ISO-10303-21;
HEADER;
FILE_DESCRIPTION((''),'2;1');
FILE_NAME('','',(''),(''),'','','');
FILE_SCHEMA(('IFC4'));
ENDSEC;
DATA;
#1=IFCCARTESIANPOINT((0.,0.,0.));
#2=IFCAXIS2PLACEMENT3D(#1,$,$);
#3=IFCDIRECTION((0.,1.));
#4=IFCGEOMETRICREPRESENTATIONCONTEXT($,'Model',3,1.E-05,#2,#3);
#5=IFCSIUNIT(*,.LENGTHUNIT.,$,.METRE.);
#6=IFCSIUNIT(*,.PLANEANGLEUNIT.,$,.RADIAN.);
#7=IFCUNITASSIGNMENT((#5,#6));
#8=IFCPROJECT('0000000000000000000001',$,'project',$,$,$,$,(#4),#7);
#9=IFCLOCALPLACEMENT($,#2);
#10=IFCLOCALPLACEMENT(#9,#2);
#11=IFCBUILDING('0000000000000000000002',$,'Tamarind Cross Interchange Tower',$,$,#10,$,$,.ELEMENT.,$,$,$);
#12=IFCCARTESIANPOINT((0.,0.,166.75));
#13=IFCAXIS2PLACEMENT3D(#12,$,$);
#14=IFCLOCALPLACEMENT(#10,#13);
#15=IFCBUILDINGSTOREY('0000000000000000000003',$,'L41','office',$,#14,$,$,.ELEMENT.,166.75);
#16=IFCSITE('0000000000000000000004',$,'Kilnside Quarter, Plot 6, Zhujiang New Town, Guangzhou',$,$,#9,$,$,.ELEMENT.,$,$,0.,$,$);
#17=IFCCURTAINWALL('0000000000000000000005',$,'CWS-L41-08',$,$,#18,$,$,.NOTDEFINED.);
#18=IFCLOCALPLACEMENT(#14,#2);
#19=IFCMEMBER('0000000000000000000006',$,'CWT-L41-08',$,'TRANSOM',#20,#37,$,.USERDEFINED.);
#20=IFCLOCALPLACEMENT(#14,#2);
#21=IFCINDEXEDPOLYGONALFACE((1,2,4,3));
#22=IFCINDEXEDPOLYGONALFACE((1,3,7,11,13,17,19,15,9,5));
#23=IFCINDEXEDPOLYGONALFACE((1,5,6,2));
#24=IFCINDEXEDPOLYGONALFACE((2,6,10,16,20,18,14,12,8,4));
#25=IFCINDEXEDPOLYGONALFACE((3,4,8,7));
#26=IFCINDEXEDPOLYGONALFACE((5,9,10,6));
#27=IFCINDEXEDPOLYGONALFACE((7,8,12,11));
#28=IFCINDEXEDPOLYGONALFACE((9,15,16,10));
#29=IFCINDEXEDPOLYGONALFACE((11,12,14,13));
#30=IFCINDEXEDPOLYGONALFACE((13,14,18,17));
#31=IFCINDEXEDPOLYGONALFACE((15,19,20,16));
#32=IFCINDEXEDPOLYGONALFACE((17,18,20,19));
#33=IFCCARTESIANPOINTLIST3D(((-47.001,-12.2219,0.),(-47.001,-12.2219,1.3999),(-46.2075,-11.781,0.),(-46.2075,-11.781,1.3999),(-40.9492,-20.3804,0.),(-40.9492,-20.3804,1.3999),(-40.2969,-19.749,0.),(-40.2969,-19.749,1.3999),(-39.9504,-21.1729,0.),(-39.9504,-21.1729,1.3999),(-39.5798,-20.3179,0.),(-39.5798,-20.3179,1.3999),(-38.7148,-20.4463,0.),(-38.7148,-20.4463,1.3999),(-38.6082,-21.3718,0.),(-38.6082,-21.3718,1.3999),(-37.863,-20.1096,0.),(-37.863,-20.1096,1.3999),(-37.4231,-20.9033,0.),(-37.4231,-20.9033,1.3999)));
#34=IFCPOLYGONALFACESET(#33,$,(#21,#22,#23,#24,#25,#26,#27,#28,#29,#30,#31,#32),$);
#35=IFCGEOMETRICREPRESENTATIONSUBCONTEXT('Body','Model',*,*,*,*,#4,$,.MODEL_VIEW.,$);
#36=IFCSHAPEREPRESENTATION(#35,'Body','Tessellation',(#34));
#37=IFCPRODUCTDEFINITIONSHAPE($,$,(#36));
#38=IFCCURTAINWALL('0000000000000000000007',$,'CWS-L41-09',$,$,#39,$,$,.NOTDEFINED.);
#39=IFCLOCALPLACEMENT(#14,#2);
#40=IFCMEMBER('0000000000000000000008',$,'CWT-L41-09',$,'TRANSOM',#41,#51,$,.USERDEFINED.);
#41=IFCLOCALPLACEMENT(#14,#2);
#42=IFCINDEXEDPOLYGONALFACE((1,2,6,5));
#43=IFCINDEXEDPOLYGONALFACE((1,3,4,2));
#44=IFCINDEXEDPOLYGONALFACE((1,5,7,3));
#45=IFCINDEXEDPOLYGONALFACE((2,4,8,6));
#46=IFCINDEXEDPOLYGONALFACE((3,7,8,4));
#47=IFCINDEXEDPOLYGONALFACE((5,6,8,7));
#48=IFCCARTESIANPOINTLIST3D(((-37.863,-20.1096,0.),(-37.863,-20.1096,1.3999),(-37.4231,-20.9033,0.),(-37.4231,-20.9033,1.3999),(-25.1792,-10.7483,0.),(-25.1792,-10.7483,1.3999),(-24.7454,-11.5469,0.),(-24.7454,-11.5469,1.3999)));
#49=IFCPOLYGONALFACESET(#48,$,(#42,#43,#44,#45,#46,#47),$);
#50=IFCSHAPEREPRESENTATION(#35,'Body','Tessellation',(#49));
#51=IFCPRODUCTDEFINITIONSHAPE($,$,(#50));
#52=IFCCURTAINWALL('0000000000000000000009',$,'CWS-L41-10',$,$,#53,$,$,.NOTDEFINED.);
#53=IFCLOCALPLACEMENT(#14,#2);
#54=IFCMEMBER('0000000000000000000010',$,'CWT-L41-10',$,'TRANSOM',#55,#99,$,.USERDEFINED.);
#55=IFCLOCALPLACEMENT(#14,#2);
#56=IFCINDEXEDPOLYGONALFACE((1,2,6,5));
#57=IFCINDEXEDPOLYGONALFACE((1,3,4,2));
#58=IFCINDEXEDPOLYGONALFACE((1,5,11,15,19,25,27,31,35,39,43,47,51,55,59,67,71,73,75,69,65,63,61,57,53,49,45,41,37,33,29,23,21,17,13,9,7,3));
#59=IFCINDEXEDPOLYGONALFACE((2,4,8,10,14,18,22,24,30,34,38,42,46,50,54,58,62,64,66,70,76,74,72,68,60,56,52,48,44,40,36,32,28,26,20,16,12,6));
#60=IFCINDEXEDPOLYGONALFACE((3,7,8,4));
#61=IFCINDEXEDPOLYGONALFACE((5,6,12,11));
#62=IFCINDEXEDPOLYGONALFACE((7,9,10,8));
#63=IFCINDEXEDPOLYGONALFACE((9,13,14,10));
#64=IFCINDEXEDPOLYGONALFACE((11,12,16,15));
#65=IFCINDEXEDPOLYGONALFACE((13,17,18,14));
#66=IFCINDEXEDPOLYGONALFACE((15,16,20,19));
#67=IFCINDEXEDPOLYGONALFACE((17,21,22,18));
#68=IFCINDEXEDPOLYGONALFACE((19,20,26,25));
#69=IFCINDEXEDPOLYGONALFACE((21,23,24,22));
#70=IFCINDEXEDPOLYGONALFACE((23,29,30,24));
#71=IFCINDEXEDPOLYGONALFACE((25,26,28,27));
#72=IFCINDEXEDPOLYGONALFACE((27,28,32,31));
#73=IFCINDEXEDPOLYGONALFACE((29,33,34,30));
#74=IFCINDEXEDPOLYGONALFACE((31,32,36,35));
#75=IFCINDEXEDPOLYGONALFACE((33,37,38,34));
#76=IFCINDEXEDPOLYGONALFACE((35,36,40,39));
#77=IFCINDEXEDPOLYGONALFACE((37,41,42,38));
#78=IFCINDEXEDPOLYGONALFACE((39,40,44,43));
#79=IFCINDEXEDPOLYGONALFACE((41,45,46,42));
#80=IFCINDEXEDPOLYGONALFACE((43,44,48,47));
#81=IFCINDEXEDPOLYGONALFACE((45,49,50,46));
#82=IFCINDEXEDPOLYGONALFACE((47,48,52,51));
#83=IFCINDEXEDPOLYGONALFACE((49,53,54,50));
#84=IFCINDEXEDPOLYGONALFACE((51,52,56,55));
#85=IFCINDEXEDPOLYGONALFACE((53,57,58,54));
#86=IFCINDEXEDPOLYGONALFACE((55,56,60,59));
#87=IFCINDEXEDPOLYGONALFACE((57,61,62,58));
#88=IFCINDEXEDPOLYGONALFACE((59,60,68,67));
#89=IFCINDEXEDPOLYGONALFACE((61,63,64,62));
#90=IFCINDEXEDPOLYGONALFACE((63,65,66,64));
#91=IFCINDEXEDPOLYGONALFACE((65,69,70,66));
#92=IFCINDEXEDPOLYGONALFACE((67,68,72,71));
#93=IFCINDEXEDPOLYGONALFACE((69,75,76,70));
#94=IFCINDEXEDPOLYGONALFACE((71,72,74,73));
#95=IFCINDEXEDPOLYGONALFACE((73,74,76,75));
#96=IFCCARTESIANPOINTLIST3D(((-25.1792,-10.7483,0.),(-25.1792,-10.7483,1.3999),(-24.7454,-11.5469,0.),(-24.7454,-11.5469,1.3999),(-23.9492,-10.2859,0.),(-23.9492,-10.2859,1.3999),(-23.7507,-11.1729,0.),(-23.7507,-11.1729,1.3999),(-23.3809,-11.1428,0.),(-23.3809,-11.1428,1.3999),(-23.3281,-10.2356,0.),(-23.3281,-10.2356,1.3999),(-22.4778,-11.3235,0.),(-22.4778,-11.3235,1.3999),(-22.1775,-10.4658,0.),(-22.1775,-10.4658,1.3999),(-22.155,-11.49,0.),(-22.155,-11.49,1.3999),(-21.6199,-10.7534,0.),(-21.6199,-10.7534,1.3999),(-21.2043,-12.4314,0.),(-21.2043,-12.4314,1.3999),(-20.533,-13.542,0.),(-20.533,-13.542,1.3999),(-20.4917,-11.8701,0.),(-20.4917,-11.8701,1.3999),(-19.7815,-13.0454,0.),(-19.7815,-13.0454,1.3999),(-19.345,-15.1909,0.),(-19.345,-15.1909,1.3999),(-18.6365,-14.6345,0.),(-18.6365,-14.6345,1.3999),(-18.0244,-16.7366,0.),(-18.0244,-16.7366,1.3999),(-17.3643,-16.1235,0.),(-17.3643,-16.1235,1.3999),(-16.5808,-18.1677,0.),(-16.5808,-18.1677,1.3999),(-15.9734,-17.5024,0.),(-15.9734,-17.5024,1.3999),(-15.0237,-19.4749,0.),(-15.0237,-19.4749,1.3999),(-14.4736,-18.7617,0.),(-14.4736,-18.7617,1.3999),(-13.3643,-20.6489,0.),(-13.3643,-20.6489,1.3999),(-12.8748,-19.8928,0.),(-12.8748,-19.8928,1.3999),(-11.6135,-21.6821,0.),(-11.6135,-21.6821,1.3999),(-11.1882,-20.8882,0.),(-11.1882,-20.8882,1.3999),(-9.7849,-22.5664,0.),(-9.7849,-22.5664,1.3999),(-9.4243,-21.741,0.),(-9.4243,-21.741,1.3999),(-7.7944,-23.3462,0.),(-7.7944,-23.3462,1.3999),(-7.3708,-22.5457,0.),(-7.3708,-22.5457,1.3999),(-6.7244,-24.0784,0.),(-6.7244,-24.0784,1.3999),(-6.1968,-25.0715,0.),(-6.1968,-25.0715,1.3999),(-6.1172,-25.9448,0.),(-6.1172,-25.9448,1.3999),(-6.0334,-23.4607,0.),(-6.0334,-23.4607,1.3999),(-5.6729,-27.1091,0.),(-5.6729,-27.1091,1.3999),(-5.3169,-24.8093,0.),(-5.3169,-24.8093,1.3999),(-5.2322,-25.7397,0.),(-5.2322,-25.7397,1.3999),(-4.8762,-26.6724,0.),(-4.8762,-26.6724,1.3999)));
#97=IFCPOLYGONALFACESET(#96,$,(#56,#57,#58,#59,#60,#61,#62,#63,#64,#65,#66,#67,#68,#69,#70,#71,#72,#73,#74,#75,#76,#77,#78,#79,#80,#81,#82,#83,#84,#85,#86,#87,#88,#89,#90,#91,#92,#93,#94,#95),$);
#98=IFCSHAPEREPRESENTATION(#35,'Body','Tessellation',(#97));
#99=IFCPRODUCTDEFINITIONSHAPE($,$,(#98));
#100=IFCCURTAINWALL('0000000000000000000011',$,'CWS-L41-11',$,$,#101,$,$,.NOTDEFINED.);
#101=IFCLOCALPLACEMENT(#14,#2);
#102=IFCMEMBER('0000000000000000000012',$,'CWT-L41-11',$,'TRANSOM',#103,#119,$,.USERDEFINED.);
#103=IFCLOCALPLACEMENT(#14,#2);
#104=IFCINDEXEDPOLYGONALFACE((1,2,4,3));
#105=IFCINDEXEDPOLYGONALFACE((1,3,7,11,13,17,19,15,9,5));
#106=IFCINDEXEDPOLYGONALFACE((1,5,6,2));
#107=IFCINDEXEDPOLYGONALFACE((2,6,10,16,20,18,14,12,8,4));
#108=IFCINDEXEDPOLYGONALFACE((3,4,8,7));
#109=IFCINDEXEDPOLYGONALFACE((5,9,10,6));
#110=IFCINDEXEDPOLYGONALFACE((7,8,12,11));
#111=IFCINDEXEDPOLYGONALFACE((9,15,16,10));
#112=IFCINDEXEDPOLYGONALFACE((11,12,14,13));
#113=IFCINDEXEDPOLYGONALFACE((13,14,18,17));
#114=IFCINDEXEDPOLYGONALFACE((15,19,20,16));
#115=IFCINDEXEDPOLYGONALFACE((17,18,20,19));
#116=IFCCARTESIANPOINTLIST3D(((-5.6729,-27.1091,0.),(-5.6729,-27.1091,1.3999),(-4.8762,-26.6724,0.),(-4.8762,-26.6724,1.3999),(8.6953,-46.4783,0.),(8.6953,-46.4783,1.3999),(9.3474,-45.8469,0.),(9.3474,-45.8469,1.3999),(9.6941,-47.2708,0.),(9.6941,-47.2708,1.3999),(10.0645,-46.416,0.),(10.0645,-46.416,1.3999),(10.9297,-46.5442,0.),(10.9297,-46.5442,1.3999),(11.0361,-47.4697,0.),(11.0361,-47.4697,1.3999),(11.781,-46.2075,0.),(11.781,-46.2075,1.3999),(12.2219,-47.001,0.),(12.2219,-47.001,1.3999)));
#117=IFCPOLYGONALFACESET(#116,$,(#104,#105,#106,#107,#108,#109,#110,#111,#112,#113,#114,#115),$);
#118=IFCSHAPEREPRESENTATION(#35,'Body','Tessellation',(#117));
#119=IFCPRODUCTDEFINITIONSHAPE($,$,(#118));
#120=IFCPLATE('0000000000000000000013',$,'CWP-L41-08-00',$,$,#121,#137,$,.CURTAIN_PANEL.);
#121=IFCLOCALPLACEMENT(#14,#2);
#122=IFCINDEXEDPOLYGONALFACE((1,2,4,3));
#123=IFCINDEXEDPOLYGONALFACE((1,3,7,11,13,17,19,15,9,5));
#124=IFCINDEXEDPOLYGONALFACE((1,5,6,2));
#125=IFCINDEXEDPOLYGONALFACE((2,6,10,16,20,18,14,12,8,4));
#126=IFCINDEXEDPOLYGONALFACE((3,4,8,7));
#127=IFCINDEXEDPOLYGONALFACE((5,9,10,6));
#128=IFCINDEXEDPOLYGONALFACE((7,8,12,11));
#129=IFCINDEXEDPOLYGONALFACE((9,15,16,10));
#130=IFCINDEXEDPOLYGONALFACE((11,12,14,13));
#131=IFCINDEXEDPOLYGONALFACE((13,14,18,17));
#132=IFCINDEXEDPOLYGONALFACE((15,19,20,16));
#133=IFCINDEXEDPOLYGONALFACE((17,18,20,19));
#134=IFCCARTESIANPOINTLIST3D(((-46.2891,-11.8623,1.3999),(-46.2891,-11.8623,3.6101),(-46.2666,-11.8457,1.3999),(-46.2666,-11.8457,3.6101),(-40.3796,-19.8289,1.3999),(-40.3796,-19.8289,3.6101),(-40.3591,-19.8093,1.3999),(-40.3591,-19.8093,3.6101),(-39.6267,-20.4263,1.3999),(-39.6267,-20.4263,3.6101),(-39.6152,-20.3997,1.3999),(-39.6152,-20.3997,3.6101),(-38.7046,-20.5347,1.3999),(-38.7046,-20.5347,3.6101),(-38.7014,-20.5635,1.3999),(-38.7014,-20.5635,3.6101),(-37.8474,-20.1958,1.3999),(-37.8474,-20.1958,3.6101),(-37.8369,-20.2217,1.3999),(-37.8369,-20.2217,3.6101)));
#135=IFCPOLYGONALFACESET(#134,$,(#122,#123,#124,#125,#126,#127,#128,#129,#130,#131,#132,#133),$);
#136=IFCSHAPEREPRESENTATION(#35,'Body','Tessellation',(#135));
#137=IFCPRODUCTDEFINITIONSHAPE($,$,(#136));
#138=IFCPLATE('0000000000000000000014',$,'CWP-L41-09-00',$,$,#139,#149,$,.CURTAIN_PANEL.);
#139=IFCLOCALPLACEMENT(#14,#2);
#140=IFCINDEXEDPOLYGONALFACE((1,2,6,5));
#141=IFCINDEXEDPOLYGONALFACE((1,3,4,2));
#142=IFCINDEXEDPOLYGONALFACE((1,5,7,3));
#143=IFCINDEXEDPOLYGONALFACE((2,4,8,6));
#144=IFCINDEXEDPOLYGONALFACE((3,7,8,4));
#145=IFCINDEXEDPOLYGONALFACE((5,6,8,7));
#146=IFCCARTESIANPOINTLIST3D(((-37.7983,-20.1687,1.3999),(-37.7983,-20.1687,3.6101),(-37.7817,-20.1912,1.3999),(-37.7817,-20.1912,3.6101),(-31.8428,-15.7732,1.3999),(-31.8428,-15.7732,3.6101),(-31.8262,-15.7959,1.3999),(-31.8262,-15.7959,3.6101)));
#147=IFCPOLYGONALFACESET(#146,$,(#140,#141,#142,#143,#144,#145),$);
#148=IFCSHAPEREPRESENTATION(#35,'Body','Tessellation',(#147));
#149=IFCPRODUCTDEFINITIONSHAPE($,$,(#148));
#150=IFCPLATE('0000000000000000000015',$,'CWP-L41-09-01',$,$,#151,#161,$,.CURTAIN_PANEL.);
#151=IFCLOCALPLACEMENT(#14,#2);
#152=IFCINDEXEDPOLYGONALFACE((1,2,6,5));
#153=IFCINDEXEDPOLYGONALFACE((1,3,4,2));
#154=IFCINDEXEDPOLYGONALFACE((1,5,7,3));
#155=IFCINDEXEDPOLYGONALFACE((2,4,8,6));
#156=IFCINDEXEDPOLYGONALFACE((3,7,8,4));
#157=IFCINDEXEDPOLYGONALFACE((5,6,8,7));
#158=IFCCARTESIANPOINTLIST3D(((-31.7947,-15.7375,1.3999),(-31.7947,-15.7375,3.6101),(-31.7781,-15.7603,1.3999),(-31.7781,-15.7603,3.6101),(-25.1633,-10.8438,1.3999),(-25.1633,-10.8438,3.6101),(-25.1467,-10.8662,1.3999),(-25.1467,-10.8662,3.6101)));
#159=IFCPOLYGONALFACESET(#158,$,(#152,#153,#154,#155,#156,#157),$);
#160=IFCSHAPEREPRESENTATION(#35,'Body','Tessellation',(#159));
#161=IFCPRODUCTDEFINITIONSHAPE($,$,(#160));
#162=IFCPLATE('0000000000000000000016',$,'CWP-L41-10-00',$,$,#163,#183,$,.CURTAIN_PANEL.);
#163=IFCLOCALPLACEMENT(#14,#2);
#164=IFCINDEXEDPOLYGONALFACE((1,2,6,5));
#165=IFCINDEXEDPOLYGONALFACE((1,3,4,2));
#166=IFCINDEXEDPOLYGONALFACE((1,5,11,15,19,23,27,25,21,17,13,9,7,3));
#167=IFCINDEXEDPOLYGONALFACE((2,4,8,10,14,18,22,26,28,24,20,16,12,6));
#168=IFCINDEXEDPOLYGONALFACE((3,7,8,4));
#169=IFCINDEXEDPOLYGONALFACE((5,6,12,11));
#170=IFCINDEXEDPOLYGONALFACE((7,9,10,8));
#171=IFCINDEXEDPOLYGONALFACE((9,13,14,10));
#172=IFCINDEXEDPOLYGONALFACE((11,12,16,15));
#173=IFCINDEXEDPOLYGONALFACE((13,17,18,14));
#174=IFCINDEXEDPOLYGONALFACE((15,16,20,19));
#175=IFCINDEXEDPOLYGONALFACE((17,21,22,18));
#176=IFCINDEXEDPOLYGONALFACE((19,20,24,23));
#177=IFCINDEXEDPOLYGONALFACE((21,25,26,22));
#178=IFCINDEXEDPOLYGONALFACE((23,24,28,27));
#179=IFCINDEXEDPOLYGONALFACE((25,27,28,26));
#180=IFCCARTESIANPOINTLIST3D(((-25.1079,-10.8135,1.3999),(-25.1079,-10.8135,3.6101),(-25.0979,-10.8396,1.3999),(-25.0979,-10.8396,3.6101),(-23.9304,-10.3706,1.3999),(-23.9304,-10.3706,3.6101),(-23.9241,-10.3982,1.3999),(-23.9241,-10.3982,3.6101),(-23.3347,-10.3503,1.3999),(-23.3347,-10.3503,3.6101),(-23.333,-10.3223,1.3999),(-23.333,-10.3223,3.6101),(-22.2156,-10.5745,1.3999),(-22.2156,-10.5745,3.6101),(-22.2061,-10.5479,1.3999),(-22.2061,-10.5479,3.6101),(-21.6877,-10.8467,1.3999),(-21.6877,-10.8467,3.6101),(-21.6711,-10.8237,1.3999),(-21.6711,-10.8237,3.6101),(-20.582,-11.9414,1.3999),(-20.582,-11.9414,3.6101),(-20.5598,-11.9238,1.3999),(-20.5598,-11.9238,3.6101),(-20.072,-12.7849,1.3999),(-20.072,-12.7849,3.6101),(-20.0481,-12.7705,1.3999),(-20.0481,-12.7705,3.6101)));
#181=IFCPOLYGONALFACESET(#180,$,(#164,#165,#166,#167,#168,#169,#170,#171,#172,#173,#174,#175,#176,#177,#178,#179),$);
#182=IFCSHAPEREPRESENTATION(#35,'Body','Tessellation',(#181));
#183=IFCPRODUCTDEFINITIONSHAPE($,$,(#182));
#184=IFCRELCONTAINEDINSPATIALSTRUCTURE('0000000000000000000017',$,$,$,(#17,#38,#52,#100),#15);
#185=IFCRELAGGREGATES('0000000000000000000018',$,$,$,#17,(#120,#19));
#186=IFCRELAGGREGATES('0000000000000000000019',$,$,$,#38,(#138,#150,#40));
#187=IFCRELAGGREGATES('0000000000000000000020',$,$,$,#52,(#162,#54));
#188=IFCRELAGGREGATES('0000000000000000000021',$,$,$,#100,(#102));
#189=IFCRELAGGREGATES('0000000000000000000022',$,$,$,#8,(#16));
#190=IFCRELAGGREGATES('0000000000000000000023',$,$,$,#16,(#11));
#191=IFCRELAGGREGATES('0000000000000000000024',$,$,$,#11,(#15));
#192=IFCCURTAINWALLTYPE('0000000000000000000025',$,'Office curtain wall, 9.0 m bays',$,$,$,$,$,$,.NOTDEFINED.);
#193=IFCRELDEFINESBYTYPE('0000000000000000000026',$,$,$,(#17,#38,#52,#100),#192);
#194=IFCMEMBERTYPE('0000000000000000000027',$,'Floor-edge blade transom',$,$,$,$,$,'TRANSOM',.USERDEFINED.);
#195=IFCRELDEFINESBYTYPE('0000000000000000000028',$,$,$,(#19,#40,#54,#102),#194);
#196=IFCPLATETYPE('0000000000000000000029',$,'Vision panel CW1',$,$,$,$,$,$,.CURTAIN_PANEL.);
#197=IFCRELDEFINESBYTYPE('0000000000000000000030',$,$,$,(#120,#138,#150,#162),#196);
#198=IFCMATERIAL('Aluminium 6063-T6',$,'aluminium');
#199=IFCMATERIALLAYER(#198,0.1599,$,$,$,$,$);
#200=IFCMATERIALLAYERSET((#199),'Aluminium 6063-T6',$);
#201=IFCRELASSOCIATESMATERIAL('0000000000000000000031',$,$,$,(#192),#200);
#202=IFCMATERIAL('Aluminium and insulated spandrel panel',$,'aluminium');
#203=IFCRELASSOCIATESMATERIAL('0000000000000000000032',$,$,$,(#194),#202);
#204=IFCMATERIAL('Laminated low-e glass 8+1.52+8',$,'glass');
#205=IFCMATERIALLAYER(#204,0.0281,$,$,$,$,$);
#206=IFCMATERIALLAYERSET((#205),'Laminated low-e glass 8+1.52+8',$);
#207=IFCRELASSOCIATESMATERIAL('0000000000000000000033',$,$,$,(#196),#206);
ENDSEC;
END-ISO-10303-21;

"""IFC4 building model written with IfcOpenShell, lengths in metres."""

from ifc_helpers import new_model, si_unit, direction, frame, origin, place, context, subcontext, project, spatial, polyline, outline, extrude, material, layer, layer_set, type_object, element, aggregate, save


model = new_model("IFC4")

# Units and contexts
model_context = context("Model", 3, precision=1e-05, world=origin(), true_north=direction((0.0, 1.0)))
body_context = subcontext(model_context, "Body", "Model", "MODEL_VIEW")
ifc_project = project(units=[si_unit("LENGTHUNIT", "METRE"), si_unit("PLANEANGLEUNIT", "RADIAN")], contexts=[model_context])

# Site, building, storey
site_placement = place(None, origin())
site = spatial("IfcSite", under=ifc_project, at=site_placement, Name="Kilnside Quarter, Plot 6, Zhujiang New Town, Guangzhou", CompositionType="ELEMENT", RefElevation=0.0)
building_placement = place(site_placement, origin())
building = spatial("IfcBuilding", under=site, at=building_placement, Name="Tamarind Cross Interchange Tower", CompositionType="ELEMENT")
storey_placement = place(building_placement, frame((0.0, 0.0, 166.75)))
storey = spatial("IfcBuildingStorey", under=building, at=storey_placement, Name="L41", Description="office", CompositionType="ELEMENT", Elevation=166.75)

# Curtain walls, members
ifc_material_1 = material(Name="Aluminium 6063-T6", Category="aluminium")
ifc_layer_1 = layer(ifc_material_1, 0.1599)
ifc_layer_set_1 = layer_set([ifc_layer_1], Name="Aluminium 6063-T6")
curtain_wall_type = type_object("IfcCurtainWallType", Name="Office curtain wall, 9.0 m bays", PredefinedType="NOTDEFINED", material=ifc_layer_set_1)
curtain_wall_1_placement = place(storey_placement, origin())
curtain_wall_1 = element("IfcCurtainWall", 1, at=curtain_wall_1_placement, inside=storey, type_object=curtain_wall_type, Name="CWS-L41-08", PredefinedType="NOTDEFINED")
ifc_material_2 = material(Name="Aluminium and insulated spandrel panel", Category="aluminium")
member_type = type_object("IfcMemberType", Name="Floor-edge blade transom", ElementType="TRANSOM", PredefinedType="USERDEFINED", material=ifc_material_2)
member_1_placement = place(storey_placement, origin())
member_1 = element("IfcMember", 2, at=member_1_placement, type_object=member_type, Name="CWT-L41-08", ObjectType="TRANSOM", PredefinedType="USERDEFINED", context=body_context, shape_type="SweptSolid", body=[
    extrude(outline(polyline([(-46.2075, -11.781), (-40.2969, -19.749), (-39.5798, -20.3179), (-38.7148, -20.4463), (-37.863, -20.1096), (-37.4231, -20.9033), (-38.6082, -21.3718), (-39.9504, -21.1729), (-40.9492, -20.3804), (-47.001, -12.2219), (-46.2075, -11.781)])), origin(), (0.0, 0.0, 1.0), 1.3999),
])
curtain_wall_2_placement = place(storey_placement, origin())
curtain_wall_2 = element("IfcCurtainWall", 3, at=curtain_wall_2_placement, inside=storey, type_object=curtain_wall_type, Name="CWS-L41-09", PredefinedType="NOTDEFINED")
member_2_placement = place(storey_placement, origin())
member_2 = element("IfcMember", 4, at=member_2_placement, type_object=member_type, Name="CWT-L41-09", ObjectType="TRANSOM", PredefinedType="USERDEFINED", context=body_context, shape_type="SweptSolid", body=[
    extrude(outline(polyline([(-37.863, -20.1096), (-25.1792, -10.7483), (-24.7454, -11.5469), (-37.4231, -20.9033), (-37.863, -20.1096)])), origin(), (0.0, 0.0, 1.0), 1.3999),
])
curtain_wall_3_placement = place(storey_placement, origin())
curtain_wall_3 = element("IfcCurtainWall", 5, at=curtain_wall_3_placement, inside=storey, type_object=curtain_wall_type, Name="CWS-L41-10", PredefinedType="NOTDEFINED")
member_3_placement = place(storey_placement, origin())
member_3 = element("IfcMember", 6, at=member_3_placement, type_object=member_type, Name="CWT-L41-10", ObjectType="TRANSOM", PredefinedType="USERDEFINED", context=body_context, shape_type="SweptSolid", body=[
    extrude(outline(polyline([(-25.1792, -10.7483), (-23.9492, -10.2859), (-23.3281, -10.2356), (-22.1775, -10.4658), (-21.6199, -10.7534), (-20.4917, -11.8701), (-19.7815, -13.0454), (-18.6365, -14.6345), (-17.3643, -16.1235), (-15.9734, -17.5024), (-14.4736, -18.7617), (-12.8748, -19.8928), (-11.1882, -20.8882), (-9.4243, -21.741), (-7.3708, -22.5457), (-6.0334, -23.4607), (-5.3169, -24.8093), (-5.2322, -25.7397), (-4.8762, -26.6724), (-5.6729, -27.1091), (-6.1172, -25.9448), (-6.1968, -25.0715), (-6.7244, -24.0784), (-7.7944, -23.3462), (-9.7849, -22.5664), (-11.6135, -21.6821), (-13.3643, -20.6489), (-15.0237, -19.4749), (-16.5808, -18.1677), (-18.0244, -16.7366), (-19.345, -15.1909), (-20.533, -13.542), (-21.2043, -12.4314), (-22.155, -11.49), (-22.4778, -11.3235), (-23.3809, -11.1428), (-23.7507, -11.1729), (-24.7454, -11.5469), (-25.1792, -10.7483)])), origin(), (0.0, 0.0, 1.0), 1.3999),
])
curtain_wall_4_placement = place(storey_placement, origin())
curtain_wall_4 = element("IfcCurtainWall", 7, at=curtain_wall_4_placement, inside=storey, type_object=curtain_wall_type, Name="CWS-L41-11", PredefinedType="NOTDEFINED")
member_4_placement = place(storey_placement, origin())
member_4 = element("IfcMember", 8, at=member_4_placement, type_object=member_type, Name="CWT-L41-11", ObjectType="TRANSOM", PredefinedType="USERDEFINED", context=body_context, shape_type="SweptSolid", body=[
    extrude(outline(polyline([(-4.8762, -26.6724), (9.3474, -45.8469), (10.0645, -46.416), (10.9297, -46.5442), (11.781, -46.2075), (12.2219, -47.001), (11.0361, -47.4697), (9.6941, -47.2708), (8.6953, -46.4783), (-5.6729, -27.1091), (-4.8762, -26.6724)])), origin(), (0.0, 0.0, 1.0), 1.3999),
])

# Plates
ifc_material_3 = material(Name="Laminated low-e glass 8+1.52+8", Category="glass")
ifc_layer_2 = layer(ifc_material_3, 0.0281)
ifc_layer_set_2 = layer_set([ifc_layer_2], Name="Laminated low-e glass 8+1.52+8")
plate_type = type_object("IfcPlateType", Name="Vision panel CW1", PredefinedType="CURTAIN_PANEL", material=ifc_layer_set_2)
plate_1_placement = place(storey_placement, frame((0.0, 0.0, 1.3999)))
plate_1 = element("IfcPlate", 9, at=plate_1_placement, type_object=plate_type, Name="CWP-L41-08-00", PredefinedType="CURTAIN_PANEL", context=body_context, shape_type="SweptSolid", body=[
    extrude(outline(polyline([(-46.2666, -11.8457), (-40.3591, -19.8093), (-39.6152, -20.3997), (-38.7046, -20.5347), (-37.8474, -20.1958), (-37.8369, -20.2217), (-38.7014, -20.5635), (-39.6267, -20.4263), (-40.3796, -19.8289), (-46.2891, -11.8623), (-46.2666, -11.8457)])), origin(), (0.0, 0.0, 1.0), 2.2102),
])
aggregate(curtain_wall_1, [plate_1, member_1])
plate_2_placement = place(storey_placement, frame((0.0, 0.0, 1.3999)))
plate_2 = element("IfcPlate", 10, at=plate_2_placement, type_object=plate_type, Name="CWP-L41-09-00", PredefinedType="CURTAIN_PANEL", context=body_context, shape_type="SweptSolid", body=[
    extrude(outline(polyline([(-37.7983, -20.1687), (-31.8428, -15.7732), (-31.8262, -15.7959), (-37.7817, -20.1912), (-37.7983, -20.1687)])), origin(), (0.0, 0.0, 1.0), 2.2102),
])
plate_3_placement = place(storey_placement, frame((0.0, 0.0, 1.3999)))
plate_3 = element("IfcPlate", 11, at=plate_3_placement, type_object=plate_type, Name="CWP-L41-09-01", PredefinedType="CURTAIN_PANEL", context=body_context, shape_type="SweptSolid", body=[
    extrude(outline(polyline([(-31.7947, -15.7375), (-25.1633, -10.8438), (-25.1467, -10.8662), (-31.7781, -15.7603), (-31.7947, -15.7375)])), origin(), (0.0, 0.0, 1.0), 2.2102),
])
aggregate(curtain_wall_2, [plate_2, plate_3, member_2])
plate_4_placement = place(storey_placement, frame((0.0, 0.0, 1.3999)))
plate_4 = element("IfcPlate", 12, at=plate_4_placement, type_object=plate_type, Name="CWP-L41-10-00", PredefinedType="CURTAIN_PANEL", context=body_context, shape_type="SweptSolid", body=[
    extrude(outline(polyline([(-25.1079, -10.8135), (-23.9304, -10.3706), (-23.333, -10.3223), (-22.2061, -10.5479), (-21.6711, -10.8237), (-20.5598, -11.9238), (-20.0481, -12.7705), (-20.072, -12.7849), (-20.582, -11.9414), (-21.6877, -10.8467), (-22.2156, -10.5745), (-23.3347, -10.3503), (-23.9241, -10.3982), (-25.0979, -10.8396), (-25.1079, -10.8135)])), origin(), (0.0, 0.0, 1.0), 2.2102),
])
aggregate(curtain_wall_3, [plate_4, member_3])
aggregate(curtain_wall_4, [member_4])

save(model, "model.ifc")
